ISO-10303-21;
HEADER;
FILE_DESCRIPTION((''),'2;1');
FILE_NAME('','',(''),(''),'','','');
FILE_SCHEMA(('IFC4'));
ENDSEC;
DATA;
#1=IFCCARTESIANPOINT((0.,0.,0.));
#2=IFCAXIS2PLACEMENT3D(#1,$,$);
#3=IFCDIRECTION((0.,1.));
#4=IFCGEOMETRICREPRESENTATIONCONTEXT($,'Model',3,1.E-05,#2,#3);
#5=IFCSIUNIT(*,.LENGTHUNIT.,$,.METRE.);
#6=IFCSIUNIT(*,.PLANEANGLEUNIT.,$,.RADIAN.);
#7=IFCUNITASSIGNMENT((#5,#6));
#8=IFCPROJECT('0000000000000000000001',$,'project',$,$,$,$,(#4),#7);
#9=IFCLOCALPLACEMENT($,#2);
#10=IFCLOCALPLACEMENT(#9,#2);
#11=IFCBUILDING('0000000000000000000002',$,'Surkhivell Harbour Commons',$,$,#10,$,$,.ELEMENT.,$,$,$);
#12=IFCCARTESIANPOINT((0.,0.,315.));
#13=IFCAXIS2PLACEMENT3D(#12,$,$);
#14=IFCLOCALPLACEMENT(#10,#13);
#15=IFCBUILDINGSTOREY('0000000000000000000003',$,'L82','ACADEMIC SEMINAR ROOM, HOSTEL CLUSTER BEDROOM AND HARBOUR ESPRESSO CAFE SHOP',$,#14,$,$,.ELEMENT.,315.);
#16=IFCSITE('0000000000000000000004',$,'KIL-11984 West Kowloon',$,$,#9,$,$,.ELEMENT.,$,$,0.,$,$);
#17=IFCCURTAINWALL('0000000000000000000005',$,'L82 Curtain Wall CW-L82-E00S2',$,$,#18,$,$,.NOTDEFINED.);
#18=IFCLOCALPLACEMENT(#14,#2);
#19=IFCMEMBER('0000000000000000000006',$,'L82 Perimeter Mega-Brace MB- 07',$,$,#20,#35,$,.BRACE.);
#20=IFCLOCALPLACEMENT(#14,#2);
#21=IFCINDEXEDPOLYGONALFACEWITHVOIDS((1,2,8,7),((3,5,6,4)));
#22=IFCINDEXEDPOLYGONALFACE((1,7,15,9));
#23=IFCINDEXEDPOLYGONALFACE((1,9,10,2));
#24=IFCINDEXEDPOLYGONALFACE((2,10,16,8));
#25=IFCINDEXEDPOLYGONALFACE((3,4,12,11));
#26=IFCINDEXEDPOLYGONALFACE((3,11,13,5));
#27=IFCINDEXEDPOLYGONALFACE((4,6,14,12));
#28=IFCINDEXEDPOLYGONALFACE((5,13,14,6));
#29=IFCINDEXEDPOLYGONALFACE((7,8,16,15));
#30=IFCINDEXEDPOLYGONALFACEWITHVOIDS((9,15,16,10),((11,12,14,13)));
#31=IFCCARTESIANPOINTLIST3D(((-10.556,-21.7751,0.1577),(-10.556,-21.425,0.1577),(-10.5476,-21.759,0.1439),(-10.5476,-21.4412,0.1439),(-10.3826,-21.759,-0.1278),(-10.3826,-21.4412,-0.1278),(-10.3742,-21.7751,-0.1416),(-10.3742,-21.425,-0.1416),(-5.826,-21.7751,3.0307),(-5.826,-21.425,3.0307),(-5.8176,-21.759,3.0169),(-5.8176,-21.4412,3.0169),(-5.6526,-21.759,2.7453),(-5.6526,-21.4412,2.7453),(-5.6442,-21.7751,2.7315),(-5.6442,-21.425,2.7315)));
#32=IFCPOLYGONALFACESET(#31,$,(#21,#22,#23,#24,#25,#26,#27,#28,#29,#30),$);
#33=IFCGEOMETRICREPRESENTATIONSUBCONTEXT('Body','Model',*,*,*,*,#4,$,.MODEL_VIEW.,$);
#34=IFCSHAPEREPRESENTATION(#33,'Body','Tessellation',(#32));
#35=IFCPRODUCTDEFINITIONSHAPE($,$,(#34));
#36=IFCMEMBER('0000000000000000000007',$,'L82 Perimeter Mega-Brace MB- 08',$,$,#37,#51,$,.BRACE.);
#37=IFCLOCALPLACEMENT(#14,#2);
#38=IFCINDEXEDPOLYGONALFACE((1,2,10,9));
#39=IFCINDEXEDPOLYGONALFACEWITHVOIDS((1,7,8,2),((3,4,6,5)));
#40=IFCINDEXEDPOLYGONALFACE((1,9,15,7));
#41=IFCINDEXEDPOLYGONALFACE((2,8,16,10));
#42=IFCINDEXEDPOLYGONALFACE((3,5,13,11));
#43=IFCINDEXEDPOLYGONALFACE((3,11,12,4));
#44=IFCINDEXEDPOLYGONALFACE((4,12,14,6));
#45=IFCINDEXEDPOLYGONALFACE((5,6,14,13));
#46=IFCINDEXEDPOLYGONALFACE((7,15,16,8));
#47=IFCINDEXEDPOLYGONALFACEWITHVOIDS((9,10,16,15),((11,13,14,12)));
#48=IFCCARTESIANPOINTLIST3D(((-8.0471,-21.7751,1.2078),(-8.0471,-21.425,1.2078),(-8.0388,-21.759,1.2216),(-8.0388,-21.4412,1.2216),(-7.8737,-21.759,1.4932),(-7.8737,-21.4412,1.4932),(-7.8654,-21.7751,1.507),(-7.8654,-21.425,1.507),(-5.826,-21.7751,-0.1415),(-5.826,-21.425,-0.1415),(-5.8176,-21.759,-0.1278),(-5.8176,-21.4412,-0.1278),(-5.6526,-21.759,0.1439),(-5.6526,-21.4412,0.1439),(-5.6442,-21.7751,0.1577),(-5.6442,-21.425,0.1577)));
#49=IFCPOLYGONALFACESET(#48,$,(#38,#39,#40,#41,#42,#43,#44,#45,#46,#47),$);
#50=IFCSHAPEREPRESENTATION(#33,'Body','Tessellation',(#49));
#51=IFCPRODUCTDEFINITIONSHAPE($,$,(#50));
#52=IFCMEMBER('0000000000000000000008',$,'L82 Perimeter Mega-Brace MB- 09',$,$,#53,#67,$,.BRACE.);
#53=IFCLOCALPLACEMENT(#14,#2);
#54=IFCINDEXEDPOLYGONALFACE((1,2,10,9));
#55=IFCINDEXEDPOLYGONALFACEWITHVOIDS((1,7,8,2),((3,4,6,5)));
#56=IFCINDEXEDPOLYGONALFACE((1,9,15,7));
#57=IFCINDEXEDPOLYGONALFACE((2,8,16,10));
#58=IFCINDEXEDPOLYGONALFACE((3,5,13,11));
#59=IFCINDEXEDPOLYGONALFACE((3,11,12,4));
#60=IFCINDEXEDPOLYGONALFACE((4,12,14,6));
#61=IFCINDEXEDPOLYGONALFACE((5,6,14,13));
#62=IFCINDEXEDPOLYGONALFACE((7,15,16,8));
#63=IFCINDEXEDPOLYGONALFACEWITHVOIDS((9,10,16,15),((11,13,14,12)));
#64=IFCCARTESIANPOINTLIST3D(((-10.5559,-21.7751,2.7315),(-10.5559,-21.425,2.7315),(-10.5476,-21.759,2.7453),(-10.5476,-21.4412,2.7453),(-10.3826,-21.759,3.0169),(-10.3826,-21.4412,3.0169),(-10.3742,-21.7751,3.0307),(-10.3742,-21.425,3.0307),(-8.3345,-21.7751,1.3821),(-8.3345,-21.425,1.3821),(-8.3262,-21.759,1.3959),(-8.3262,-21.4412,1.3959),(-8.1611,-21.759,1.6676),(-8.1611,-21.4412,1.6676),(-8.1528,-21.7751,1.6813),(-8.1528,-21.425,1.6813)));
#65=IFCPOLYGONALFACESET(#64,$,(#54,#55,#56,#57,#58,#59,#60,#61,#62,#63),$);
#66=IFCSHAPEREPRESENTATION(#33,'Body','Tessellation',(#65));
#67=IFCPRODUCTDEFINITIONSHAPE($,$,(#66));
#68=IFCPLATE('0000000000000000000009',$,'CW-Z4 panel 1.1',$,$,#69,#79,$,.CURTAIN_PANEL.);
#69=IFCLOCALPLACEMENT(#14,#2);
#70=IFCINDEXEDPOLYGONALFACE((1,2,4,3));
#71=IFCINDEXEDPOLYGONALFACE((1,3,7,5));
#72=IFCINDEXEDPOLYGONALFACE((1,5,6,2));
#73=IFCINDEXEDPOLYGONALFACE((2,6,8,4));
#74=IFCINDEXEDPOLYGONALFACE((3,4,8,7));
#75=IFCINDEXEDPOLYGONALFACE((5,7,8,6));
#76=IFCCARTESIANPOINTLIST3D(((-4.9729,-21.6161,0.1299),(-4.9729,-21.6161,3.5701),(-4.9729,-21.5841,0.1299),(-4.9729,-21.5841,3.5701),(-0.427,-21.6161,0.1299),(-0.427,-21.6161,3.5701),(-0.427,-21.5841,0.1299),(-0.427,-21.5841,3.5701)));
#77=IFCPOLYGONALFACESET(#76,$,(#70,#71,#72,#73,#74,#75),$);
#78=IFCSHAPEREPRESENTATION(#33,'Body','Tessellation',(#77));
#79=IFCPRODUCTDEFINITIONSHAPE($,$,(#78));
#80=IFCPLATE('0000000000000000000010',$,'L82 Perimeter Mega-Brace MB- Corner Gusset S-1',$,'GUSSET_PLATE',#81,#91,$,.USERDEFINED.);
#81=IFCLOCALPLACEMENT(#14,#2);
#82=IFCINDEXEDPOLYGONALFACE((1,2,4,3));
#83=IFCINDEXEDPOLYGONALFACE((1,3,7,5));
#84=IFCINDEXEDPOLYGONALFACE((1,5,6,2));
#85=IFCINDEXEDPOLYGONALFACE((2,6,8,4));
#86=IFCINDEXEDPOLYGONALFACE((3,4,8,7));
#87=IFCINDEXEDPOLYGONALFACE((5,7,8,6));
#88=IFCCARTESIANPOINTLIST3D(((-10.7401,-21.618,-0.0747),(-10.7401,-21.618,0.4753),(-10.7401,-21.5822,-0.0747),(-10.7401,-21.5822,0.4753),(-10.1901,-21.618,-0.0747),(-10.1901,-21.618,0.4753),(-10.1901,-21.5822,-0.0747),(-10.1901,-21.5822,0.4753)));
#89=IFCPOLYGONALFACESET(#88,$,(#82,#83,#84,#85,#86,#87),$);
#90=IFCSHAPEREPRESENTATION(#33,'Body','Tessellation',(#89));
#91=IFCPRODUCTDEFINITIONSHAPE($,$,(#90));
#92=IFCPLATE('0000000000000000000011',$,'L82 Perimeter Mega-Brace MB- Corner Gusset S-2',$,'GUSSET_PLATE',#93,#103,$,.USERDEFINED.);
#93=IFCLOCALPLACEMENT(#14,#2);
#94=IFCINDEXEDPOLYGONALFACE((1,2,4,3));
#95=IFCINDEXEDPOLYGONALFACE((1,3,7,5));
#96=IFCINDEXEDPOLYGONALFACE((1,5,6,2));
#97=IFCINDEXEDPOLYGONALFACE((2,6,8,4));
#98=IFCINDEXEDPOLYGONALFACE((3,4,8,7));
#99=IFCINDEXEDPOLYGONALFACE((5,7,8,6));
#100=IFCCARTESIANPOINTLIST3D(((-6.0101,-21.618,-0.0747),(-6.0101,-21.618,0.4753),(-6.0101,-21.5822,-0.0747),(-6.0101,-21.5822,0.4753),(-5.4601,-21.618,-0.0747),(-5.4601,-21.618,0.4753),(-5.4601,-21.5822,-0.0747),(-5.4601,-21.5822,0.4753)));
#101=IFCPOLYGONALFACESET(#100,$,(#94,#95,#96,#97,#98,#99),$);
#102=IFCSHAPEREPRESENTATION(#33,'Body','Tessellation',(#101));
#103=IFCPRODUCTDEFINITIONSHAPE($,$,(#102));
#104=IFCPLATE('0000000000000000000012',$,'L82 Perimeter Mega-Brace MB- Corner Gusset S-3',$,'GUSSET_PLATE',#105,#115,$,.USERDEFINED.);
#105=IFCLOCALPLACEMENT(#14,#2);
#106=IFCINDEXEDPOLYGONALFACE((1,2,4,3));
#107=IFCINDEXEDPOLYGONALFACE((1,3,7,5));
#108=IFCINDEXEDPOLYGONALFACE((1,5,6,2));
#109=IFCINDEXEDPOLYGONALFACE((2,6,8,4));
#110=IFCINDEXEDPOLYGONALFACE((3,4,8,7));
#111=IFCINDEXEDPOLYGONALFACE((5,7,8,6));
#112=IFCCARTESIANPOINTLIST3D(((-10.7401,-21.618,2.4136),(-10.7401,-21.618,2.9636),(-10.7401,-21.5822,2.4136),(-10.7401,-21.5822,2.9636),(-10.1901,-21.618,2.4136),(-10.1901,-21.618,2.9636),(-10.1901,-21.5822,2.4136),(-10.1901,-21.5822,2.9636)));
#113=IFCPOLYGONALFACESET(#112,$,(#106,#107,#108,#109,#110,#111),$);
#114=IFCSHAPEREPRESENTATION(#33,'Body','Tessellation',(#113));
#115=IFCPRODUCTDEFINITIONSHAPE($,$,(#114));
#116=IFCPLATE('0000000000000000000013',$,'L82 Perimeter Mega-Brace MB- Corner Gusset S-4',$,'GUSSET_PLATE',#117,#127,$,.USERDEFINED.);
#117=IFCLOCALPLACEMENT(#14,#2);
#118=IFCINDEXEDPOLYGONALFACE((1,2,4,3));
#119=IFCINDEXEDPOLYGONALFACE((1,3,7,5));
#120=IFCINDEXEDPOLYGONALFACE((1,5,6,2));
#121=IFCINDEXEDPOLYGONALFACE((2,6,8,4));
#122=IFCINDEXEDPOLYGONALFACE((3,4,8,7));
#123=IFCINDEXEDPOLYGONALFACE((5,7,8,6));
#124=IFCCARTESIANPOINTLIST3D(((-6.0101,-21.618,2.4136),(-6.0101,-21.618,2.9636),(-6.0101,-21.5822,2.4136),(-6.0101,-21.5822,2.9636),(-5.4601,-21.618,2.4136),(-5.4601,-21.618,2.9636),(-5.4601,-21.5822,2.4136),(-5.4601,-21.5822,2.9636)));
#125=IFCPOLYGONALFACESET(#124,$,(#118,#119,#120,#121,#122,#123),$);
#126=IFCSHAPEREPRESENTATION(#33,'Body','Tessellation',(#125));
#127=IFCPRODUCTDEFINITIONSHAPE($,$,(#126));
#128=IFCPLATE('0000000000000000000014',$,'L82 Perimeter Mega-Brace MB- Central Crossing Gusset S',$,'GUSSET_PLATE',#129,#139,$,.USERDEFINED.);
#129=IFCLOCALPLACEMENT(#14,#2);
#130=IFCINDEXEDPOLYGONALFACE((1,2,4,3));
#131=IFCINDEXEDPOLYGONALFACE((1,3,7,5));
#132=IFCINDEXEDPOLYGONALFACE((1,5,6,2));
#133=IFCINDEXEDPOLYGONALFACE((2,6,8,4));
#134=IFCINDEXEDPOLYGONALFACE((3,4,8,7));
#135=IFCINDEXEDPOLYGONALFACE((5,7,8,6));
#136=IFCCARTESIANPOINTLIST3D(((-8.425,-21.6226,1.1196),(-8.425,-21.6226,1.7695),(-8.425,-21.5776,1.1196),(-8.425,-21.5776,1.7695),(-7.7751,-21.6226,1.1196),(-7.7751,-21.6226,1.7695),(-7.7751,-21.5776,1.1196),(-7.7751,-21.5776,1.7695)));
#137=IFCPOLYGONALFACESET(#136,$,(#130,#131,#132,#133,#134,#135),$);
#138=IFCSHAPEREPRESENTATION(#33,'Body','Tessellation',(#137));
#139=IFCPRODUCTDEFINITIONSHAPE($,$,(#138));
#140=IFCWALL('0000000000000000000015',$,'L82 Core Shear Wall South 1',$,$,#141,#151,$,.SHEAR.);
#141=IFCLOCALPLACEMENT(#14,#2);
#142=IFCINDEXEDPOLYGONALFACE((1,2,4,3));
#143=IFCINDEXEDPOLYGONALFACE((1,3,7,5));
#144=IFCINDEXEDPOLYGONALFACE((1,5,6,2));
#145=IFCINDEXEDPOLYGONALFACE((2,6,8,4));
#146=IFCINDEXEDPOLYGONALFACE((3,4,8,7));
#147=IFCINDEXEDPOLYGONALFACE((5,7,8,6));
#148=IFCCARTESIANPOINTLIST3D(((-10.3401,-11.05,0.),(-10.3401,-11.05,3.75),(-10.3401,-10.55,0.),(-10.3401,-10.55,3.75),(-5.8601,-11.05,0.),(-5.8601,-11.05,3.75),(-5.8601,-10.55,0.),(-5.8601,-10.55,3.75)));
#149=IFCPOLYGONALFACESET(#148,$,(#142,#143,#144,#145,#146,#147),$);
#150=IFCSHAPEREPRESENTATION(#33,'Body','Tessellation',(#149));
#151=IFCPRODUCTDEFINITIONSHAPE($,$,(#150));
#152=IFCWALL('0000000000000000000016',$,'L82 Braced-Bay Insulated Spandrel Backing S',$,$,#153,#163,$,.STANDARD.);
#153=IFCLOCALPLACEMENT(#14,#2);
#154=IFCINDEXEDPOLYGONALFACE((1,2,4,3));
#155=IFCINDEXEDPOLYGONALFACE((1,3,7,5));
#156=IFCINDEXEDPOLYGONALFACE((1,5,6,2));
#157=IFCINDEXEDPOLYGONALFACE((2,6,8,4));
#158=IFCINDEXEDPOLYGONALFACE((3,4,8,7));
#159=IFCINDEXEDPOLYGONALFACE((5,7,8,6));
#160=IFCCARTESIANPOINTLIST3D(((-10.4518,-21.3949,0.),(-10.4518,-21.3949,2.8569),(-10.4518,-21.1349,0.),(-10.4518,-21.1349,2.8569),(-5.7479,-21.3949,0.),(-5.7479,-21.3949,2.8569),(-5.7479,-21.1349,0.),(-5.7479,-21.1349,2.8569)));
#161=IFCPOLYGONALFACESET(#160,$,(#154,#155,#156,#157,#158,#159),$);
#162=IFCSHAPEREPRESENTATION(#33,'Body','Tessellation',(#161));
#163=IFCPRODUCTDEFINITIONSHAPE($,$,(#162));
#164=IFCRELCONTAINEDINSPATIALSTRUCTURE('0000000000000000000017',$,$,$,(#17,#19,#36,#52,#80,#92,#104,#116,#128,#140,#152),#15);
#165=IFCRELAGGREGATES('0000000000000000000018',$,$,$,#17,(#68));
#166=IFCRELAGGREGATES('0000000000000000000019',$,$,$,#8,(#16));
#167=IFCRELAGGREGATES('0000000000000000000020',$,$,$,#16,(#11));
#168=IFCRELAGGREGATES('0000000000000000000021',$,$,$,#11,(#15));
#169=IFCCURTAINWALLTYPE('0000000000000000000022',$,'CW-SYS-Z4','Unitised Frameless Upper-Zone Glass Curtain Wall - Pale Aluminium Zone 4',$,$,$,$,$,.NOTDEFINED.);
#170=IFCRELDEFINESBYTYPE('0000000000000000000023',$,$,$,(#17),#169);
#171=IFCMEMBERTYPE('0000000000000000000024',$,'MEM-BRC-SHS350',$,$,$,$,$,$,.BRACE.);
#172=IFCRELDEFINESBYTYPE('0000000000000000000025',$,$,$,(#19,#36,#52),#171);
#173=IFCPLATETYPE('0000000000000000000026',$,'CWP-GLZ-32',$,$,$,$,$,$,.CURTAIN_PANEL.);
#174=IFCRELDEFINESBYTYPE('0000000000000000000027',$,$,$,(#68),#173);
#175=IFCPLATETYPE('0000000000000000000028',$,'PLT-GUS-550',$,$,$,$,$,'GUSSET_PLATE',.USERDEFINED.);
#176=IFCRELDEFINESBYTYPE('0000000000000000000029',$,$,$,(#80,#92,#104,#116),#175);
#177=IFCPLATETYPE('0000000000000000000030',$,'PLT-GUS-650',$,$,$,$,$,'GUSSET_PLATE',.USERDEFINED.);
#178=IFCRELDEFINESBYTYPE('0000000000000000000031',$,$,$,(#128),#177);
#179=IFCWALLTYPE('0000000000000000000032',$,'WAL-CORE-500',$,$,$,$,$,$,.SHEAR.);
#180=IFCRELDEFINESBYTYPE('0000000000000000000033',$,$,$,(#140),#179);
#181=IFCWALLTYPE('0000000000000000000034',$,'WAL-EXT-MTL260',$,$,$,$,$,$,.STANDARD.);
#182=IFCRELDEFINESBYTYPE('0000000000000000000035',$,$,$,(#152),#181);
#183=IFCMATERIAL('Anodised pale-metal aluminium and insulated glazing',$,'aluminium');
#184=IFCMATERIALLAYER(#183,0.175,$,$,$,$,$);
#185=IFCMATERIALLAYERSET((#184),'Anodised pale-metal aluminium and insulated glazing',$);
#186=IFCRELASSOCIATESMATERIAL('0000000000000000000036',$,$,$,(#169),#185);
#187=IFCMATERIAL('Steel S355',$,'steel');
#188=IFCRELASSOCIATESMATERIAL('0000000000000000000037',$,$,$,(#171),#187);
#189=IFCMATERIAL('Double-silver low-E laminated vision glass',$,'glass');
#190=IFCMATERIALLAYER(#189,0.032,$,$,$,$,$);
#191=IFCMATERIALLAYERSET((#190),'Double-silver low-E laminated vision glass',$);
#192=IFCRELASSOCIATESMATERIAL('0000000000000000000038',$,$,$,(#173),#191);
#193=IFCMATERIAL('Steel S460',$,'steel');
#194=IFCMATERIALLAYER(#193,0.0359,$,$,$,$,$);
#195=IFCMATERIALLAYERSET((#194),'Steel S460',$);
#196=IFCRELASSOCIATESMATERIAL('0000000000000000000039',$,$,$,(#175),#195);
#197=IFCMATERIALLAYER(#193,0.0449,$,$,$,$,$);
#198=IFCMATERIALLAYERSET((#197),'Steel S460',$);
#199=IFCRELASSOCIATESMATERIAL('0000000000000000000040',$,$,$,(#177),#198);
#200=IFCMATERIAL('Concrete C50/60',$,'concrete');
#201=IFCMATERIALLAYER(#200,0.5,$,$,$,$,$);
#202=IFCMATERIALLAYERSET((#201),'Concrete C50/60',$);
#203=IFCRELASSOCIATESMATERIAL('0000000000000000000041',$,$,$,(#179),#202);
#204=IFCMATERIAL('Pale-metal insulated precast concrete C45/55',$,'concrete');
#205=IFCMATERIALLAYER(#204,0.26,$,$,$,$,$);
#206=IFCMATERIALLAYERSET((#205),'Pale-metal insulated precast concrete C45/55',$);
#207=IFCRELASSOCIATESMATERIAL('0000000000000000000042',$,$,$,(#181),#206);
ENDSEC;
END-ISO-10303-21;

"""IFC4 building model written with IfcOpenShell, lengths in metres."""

from ifc_helpers import new_model, si_unit, direction, frame, frame_2d, origin, origin_2d, place, context, subcontext, project, spatial, rectangle, hollow_rectangle, extrude, material, layer, layer_set, material_profile, profile_set, type_object, element, aggregate, save


model = new_model("IFC4")

# Units and contexts
model_context = context("Model", 3, precision=1e-05, world=origin(), true_north=direction((0.0, 1.0)))
body_context = subcontext(model_context, "Body", "Model", "MODEL_VIEW")
ifc_project = project(units=[si_unit("LENGTHUNIT", "METRE"), si_unit("PLANEANGLEUNIT", "RADIAN")], contexts=[model_context])

# Site, building, storey
site_placement = place(None, origin())
site = spatial("IfcSite", under=ifc_project, at=site_placement, Name="KIL-11984 West Kowloon", CompositionType="ELEMENT", RefElevation=0.0)
building_placement = place(site_placement, origin())
building = spatial("IfcBuilding", under=site, at=building_placement, Name="Surkhivell Harbour Commons", CompositionType="ELEMENT")
storey_placement = place(building_placement, frame((0.0, 0.0, 315.0)))
storey = spatial("IfcBuildingStorey", under=building, at=storey_placement, Name="L82", Description="ACADEMIC SEMINAR ROOM, HOSTEL CLUSTER BEDROOM AND HARBOUR ESPRESSO CAFE SHOP", CompositionType="ELEMENT", Elevation=315.0)

# Shared definitions
ifc_material_1 = material(Name="Concrete C50/60", Category="concrete")

# Shared definitions
ifc_material_2 = material(Name="Steel S355", Category="steel")

# Shared definitions
ifc_material_3 = material(Name="Anodised pale-metal aluminium and insulated glazing", Category="aluminium")
ifc_layer_1 = layer(ifc_material_3, 0.175)
ifc_layer_set_1 = layer_set([ifc_layer_1], Name="Anodised pale-metal aluminium and insulated glazing")
curtain_wall_type = type_object("IfcCurtainWallType", Name="CW-SYS-Z4", Description="Unitised Frameless Upper-Zone Glass Curtain Wall - Pale Aluminium Zone 4", PredefinedType="NOTDEFINED", material=ifc_layer_set_1)

# Curtain wall
curtain_wall_1_placement = place(storey_placement, origin())
curtain_wall_1 = element("IfcCurtainWall", 1, at=curtain_wall_1_placement, inside=storey, type_object=curtain_wall_type, Name="L82 Curtain Wall CW-L82-E00S2", PredefinedType="NOTDEFINED")

# Members
ifc_material_profile_1 = material_profile(ifc_material_2, hollow_rectangle(XDim=0.3501, YDim=0.3501, WallThickness=0.0161, at=origin_2d()), Name="SHS350x350x16")
ifc_profile_set_1 = profile_set([ifc_material_profile_1], Name="Steel S355")
member_type_1 = type_object("IfcMemberType", Name="MEM-BRC-SHS350", PredefinedType="BRACE", material=ifc_profile_set_1)
member_1_placement = place(storey_placement, frame((-10.4651, -21.6001, 0.0081), z_axis=(0.854685, 0.0, 0.519146), x_axis=(0.0, 1.0, 0.0)))
element("IfcMember", 2, at=member_1_placement, inside=storey, type_object=member_type_1, Name="L82 Perimeter Mega-Brace MB- 07", PredefinedType="BRACE", context=body_context, shape_type="SweptSolid", body=[
    extrude(hollow_rectangle(XDim=0.3501, YDim=0.3501, WallThickness=0.0161, at=origin_2d()), origin(), (0.0, 0.0, 1.0), 5.5342),
])
member_2_placement = place(storey_placement, frame((-5.7351, -21.6001, 0.0081), z_axis=(-0.854654, 0.0, 0.519199), x_axis=(0.0, -1.0, 0.0)))
element("IfcMember", 3, at=member_2_placement, inside=storey, type_object=member_type_1, Name="L82 Perimeter Mega-Brace MB- 08", PredefinedType="BRACE", context=body_context, shape_type="SweptSolid", body=[
    extrude(hollow_rectangle(XDim=0.3501, YDim=0.3501, WallThickness=0.0161, at=origin_2d()), origin(), (0.0, 0.0, 1.0), 2.5989),
])
member_3_placement = place(storey_placement, frame((-8.2437, -21.6001, 1.5317), z_axis=(-0.854679, 0.0, 0.519157), x_axis=(0.0, -1.0, 0.0)))
element("IfcMember", 4, at=member_3_placement, inside=storey, type_object=member_type_1, Name="L82 Perimeter Mega-Brace MB- 09", PredefinedType="BRACE", context=body_context, shape_type="SweptSolid", body=[
    extrude(hollow_rectangle(XDim=0.3501, YDim=0.3501, WallThickness=0.0161, at=origin_2d()), origin(), (0.0, 0.0, 1.0), 2.5991),
])

# Plate
ifc_material_4 = material(Name="Double-silver low-E laminated vision glass", Category="glass")
ifc_layer_2 = layer(ifc_material_4, 0.032)
ifc_layer_set_2 = layer_set([ifc_layer_2], Name="Double-silver low-E laminated vision glass")
plate_type_1 = type_object("IfcPlateType", Name="CWP-GLZ-32", PredefinedType="CURTAIN_PANEL", material=ifc_layer_set_2)
plate_1_placement = place(storey_placement, frame((-4.9729, -21.6001, 0.1299), z_axis=(0.0, 0.0, 1.0), x_axis=(1.0, 0.0, 0.0)))
plate_1 = element("IfcPlate", 5, at=plate_1_placement, type_object=plate_type_1, Name="CW-Z4 panel 1.1", PredefinedType="CURTAIN_PANEL", context=body_context, shape_type="SweptSolid", body=[
    extrude(rectangle(XDim=4.5459, YDim=0.032, at=frame_2d((2.2729, 0.0))), origin(), (0.0, 0.0, 1.0), 3.4402),
])
aggregate(curtain_wall_1, [plate_1])

# Plates
ifc_material_5 = material(Name="Steel S460", Category="steel")
ifc_layer_3 = layer(ifc_material_5, 0.0359)
ifc_layer_set_3 = layer_set([ifc_layer_3], Name="Steel S460")
plate_type_2 = type_object("IfcPlateType", Name="PLT-GUS-550", ElementType="GUSSET_PLATE", PredefinedType="USERDEFINED", material=ifc_layer_set_3)
for number, where, z_axis, x_axis, name in (
    (6, (-10.4651, -21.6001, -0.0747), (0.0, 0.0, 1.0), (1.0, 0.0, 0.0), "L82 Perimeter Mega-Brace MB- Corner Gusset S-1"),
    (7, (-5.7351, -21.6001, -0.0747), (0.0, 0.0, 1.0), (1.0, 0.0, 0.0), "L82 Perimeter Mega-Brace MB- Corner Gusset S-2"),
    (8, (-10.4651, -21.6001, 2.4136), (0.0, 0.0, 1.0), (1.0, 0.0, 0.0), "L82 Perimeter Mega-Brace MB- Corner Gusset S-3"),
    (9, (-5.7351, -21.6001, 2.4136), (0.0, 0.0, 1.0), (1.0, 0.0, 0.0), "L82 Perimeter Mega-Brace MB- Corner Gusset S-4"),
):
    element("IfcPlate", number, at=place(storey_placement, frame(where, z_axis=z_axis, x_axis=x_axis)), inside=storey, type_object=plate_type_2, Name=name, ObjectType="GUSSET_PLATE", PredefinedType="USERDEFINED", context=body_context, shape_type="SweptSolid", body=[
        extrude(rectangle(XDim=0.55, YDim=0.0359, at=origin_2d()), origin(), (0.0, 0.0, 1.0), 0.55),
    ])
ifc_layer_4 = layer(ifc_material_5, 0.0449)
ifc_layer_set_4 = layer_set([ifc_layer_4], Name="Steel S460")
plate_type_3 = type_object("IfcPlateType", Name="PLT-GUS-650", ElementType="GUSSET_PLATE", PredefinedType="USERDEFINED", material=ifc_layer_set_4)
plate_2_placement = place(storey_placement, frame((-8.1001, -21.6001, 1.1196), z_axis=(0.0, 0.0, 1.0), x_axis=(1.0, 0.0, 0.0)))
element("IfcPlate", 10, at=plate_2_placement, inside=storey, type_object=plate_type_3, Name="L82 Perimeter Mega-Brace MB- Central Crossing Gusset S", ObjectType="GUSSET_PLATE", PredefinedType="USERDEFINED", context=body_context, shape_type="SweptSolid", body=[
    extrude(rectangle(XDim=0.6499, YDim=0.0449, at=origin_2d()), origin(), (0.0, 0.0, 1.0), 0.6499),
])

# Walls
ifc_layer_5 = layer(ifc_material_1, 0.5)
ifc_layer_set_5 = layer_set([ifc_layer_5], Name="Concrete C50/60")
wall_type_1 = type_object("IfcWallType", Name="WAL-CORE-500", PredefinedType="SHEAR", material=ifc_layer_set_5)
wall_1_placement = place(storey_placement, frame((-10.3401, -10.8, 0.0), z_axis=(0.0, 0.0, 1.0), x_axis=(1.0, 0.0, 0.0)))
element("IfcWall", 11, at=wall_1_placement, inside=storey, type_object=wall_type_1, Name="L82 Core Shear Wall South 1", PredefinedType="SHEAR", context=body_context, shape_type="SweptSolid", body=[
    extrude(rectangle(XDim=4.48, YDim=0.5, at=frame_2d((2.24, 0.0))), origin(), (0.0, 0.0, 1.0), 3.75),
])
ifc_material_6 = material(Name="Pale-metal insulated precast concrete C45/55", Category="concrete")
ifc_layer_6 = layer(ifc_material_6, 0.26)
ifc_layer_set_6 = layer_set([ifc_layer_6], Name="Pale-metal insulated precast concrete C45/55")
wall_type_2 = type_object("IfcWallType", Name="WAL-EXT-MTL260", PredefinedType="STANDARD", material=ifc_layer_set_6)
wall_2_placement = place(storey_placement, frame((-10.4519, -21.2649, 0.0), z_axis=(0.0, 0.0, 1.0), x_axis=(1.0, 0.0, 0.0)))
element("IfcWall", 12, at=wall_2_placement, inside=storey, type_object=wall_type_2, Name="L82 Braced-Bay Insulated Spandrel Backing S", PredefinedType="STANDARD", context=body_context, shape_type="SweptSolid", body=[
    extrude(rectangle(XDim=4.7039, YDim=0.26, at=frame_2d((2.3521, 0.0))), origin(), (0.0, 0.0, 1.0), 2.8569),
])

save(model, "model.ifc")
